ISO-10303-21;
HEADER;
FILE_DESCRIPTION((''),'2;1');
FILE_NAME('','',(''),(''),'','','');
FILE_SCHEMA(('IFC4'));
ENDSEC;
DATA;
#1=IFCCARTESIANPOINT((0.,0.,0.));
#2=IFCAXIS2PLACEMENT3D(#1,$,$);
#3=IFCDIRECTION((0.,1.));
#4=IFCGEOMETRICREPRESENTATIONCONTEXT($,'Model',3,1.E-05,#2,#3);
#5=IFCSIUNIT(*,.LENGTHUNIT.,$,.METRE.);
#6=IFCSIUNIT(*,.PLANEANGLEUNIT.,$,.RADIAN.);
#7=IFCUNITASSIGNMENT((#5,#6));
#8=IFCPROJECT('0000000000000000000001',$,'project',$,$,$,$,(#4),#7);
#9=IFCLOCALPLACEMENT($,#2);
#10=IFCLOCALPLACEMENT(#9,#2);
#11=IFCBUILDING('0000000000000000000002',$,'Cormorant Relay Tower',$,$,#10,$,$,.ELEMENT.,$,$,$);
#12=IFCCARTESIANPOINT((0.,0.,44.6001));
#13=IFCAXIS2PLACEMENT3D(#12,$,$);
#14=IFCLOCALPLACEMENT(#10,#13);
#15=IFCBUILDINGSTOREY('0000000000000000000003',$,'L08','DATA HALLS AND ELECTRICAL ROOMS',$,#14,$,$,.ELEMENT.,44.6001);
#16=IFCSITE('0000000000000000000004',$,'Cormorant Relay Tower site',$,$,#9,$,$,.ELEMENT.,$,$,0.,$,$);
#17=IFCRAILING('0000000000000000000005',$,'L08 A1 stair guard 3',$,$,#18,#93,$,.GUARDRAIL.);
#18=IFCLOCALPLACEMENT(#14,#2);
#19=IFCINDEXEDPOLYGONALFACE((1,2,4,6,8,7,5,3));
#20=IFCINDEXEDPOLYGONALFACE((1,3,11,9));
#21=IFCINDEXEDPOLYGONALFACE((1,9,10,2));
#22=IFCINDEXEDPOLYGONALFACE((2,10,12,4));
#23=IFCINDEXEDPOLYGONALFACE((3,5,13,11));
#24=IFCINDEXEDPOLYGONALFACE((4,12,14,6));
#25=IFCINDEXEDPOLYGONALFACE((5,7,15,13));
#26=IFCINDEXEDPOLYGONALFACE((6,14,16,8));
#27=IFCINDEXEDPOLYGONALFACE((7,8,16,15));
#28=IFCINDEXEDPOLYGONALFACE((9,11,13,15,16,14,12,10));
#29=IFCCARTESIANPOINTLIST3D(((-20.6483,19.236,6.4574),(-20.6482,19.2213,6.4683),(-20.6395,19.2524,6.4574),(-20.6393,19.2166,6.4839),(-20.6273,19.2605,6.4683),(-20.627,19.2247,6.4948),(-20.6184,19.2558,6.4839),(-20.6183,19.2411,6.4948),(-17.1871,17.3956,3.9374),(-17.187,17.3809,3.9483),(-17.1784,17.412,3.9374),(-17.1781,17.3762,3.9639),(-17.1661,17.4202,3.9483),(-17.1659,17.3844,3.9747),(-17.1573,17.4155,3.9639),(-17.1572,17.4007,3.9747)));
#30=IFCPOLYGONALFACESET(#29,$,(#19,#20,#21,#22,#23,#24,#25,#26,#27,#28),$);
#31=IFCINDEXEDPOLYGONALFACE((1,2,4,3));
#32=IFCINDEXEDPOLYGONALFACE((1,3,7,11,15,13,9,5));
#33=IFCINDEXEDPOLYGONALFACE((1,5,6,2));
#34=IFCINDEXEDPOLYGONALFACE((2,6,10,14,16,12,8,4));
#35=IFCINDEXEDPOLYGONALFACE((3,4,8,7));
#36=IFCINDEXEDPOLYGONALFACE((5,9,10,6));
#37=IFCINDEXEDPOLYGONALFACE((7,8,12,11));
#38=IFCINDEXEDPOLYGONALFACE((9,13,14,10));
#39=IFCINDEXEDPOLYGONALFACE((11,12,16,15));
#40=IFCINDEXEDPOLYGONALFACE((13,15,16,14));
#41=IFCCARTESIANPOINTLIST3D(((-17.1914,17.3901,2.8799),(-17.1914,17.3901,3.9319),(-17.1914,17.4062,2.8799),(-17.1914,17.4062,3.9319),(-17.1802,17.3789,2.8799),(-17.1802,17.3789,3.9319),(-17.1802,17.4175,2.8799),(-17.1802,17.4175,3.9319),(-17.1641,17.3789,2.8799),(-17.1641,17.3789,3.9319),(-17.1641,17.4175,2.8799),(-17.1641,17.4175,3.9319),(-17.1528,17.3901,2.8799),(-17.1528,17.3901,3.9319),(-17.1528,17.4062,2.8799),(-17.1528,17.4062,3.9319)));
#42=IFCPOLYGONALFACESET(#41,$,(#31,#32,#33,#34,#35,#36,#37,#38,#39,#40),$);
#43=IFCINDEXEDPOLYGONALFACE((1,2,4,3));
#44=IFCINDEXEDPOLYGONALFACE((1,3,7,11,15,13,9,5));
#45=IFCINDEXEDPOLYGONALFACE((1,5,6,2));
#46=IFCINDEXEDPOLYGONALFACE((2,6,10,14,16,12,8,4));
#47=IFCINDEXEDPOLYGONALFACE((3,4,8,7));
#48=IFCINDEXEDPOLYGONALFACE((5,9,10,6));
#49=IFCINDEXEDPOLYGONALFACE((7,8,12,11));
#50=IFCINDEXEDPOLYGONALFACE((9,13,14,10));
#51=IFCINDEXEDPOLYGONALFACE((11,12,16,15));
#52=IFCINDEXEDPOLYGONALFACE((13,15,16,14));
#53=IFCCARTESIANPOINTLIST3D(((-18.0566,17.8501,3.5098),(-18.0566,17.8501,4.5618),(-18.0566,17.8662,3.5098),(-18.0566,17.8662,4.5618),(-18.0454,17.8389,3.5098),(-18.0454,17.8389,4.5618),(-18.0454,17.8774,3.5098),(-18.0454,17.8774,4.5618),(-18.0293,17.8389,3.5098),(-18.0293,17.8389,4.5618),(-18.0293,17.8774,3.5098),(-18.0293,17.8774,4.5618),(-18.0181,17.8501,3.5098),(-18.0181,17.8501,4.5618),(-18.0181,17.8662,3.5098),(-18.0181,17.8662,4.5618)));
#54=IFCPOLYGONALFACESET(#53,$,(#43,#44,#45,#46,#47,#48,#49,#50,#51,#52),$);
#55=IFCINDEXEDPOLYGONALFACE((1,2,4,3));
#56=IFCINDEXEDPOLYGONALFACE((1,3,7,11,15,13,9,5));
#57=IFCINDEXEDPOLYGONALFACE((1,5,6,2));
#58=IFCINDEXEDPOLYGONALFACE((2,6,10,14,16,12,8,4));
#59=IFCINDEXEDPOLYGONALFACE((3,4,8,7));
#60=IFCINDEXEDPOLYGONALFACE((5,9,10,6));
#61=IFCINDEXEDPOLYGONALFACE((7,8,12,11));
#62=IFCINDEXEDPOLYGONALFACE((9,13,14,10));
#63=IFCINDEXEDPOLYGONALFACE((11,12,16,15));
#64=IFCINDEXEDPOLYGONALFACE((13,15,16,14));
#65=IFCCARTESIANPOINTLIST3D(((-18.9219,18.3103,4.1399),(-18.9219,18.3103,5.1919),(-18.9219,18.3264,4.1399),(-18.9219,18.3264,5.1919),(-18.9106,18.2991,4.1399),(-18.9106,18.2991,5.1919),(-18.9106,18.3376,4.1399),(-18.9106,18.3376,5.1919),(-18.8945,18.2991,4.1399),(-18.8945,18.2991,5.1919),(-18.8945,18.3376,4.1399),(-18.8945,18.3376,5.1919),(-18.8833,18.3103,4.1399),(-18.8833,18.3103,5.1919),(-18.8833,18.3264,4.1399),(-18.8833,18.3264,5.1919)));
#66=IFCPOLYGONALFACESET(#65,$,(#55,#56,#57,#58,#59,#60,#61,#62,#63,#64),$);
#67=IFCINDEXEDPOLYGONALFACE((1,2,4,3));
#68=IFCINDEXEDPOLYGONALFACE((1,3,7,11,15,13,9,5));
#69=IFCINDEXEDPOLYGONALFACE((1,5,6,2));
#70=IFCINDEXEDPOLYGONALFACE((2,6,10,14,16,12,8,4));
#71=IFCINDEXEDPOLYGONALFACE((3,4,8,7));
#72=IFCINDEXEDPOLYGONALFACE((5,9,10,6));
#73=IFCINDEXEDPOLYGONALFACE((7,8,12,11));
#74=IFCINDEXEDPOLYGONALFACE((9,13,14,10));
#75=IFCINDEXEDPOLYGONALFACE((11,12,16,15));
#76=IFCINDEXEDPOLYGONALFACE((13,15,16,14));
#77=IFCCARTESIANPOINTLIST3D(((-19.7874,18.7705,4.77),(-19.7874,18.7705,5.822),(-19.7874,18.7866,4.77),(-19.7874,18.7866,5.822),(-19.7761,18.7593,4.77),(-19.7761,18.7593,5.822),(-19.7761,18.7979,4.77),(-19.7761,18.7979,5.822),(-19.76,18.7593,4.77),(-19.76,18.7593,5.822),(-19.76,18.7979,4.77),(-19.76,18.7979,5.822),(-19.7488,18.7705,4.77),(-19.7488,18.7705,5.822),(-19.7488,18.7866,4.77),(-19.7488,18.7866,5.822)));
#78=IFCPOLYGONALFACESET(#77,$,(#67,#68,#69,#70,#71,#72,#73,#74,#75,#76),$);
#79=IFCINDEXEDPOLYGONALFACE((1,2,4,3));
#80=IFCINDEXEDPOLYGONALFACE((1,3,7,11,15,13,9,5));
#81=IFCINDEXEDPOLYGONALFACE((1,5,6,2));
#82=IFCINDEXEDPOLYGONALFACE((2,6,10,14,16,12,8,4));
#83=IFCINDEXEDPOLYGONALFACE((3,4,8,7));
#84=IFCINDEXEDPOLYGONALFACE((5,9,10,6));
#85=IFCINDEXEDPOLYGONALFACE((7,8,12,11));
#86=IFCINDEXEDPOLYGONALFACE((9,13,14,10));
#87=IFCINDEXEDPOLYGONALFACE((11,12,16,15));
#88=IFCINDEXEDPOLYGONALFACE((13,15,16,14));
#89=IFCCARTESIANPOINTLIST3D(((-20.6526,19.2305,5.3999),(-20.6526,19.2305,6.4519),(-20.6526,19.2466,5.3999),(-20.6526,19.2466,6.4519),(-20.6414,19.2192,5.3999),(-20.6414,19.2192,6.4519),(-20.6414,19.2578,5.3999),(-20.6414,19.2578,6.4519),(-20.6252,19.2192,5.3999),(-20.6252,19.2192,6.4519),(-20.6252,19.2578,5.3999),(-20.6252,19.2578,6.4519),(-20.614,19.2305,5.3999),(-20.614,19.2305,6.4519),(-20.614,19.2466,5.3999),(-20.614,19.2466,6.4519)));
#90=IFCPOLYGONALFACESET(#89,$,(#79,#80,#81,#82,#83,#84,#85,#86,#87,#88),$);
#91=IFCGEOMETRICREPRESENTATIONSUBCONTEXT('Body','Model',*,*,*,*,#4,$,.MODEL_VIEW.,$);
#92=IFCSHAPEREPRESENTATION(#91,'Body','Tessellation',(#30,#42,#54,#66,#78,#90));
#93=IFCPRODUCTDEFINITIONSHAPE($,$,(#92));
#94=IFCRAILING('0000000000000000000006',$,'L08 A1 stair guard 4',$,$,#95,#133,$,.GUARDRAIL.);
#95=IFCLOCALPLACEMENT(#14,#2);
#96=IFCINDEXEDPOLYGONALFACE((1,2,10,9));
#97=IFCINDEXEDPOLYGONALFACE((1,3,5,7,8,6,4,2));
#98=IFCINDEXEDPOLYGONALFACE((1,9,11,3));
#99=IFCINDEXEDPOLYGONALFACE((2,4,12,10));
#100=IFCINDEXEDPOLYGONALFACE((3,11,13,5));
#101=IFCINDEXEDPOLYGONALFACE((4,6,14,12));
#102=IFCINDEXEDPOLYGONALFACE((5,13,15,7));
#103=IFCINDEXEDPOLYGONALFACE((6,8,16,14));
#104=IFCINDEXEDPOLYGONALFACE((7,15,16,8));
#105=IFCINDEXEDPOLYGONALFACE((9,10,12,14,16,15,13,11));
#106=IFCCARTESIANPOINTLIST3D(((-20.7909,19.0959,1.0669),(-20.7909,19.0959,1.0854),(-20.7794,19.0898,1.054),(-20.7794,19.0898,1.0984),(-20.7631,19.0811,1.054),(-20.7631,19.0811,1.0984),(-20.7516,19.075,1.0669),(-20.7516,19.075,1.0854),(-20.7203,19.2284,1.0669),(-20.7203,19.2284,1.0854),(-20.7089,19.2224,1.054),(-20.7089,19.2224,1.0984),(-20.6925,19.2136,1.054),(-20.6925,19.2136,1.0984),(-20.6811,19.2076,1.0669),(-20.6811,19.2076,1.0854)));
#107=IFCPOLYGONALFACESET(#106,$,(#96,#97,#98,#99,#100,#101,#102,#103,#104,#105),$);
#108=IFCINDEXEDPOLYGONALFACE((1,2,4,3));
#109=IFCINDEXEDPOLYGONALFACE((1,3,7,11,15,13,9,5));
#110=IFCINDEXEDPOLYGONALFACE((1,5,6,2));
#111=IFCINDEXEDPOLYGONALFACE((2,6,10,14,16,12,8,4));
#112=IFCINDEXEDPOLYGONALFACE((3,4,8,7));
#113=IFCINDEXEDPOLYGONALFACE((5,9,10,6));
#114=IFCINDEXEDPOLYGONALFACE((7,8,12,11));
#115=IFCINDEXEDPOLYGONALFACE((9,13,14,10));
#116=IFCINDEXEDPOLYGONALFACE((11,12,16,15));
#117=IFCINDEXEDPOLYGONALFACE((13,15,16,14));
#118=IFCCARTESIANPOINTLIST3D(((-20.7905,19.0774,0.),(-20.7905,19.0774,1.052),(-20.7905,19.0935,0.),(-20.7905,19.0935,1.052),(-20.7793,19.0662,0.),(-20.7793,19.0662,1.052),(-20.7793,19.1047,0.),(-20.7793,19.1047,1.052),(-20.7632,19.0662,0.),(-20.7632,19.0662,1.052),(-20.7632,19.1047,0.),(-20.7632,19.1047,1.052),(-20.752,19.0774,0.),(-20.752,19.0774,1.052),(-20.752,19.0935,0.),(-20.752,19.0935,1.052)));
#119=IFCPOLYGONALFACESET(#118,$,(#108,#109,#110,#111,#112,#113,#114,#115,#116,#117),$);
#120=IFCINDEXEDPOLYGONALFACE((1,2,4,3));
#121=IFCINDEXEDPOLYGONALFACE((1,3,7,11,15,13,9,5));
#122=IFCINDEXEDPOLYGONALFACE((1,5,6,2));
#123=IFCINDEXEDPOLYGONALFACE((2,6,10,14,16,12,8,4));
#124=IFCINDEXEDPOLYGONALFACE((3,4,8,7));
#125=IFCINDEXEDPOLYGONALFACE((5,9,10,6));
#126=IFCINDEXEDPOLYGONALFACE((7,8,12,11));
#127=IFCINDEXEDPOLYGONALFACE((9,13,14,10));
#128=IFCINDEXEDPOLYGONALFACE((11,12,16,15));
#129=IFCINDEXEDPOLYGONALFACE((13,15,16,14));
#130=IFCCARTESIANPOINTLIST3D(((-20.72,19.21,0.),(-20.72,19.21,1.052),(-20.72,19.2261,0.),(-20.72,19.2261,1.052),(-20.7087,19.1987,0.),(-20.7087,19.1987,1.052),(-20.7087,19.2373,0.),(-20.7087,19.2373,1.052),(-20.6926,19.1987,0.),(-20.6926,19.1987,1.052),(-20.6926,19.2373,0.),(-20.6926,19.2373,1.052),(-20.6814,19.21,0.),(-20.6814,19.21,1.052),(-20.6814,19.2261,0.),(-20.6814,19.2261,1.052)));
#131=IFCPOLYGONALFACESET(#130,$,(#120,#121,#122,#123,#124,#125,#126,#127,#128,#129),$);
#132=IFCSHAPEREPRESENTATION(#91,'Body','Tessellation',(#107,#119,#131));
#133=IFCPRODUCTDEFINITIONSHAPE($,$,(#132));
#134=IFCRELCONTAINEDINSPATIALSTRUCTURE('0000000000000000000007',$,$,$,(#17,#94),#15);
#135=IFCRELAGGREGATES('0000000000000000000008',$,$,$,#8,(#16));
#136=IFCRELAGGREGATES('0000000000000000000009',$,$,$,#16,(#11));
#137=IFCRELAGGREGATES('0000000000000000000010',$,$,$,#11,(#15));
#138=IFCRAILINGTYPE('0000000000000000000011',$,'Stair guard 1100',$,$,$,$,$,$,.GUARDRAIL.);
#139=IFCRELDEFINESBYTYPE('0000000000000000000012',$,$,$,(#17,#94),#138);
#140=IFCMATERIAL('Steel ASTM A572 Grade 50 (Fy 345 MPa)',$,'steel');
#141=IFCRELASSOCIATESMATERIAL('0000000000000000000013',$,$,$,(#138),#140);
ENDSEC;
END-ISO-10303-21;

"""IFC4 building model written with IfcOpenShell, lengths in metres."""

from ifc_helpers import new_model, si_unit, direction, frame, origin, place, context, subcontext, project, spatial, polyline, outline, extrude, material, type_object, element, save


model = new_model("IFC4")

# Units and contexts
model_context = context("Model", 3, precision=1e-05, world=origin(), true_north=direction((0.0, 1.0)))
body_context = subcontext(model_context, "Body", "Model", "MODEL_VIEW")
ifc_project = project(units=[si_unit("LENGTHUNIT", "METRE"), si_unit("PLANEANGLEUNIT", "RADIAN")], contexts=[model_context])

# Site, building, storey
site_placement = place(None, origin())
site = spatial("IfcSite", under=ifc_project, at=site_placement, Name="Cormorant Relay Tower site", CompositionType="ELEMENT", RefElevation=0.0)
building_placement = place(site_placement, origin())
building = spatial("IfcBuilding", under=site, at=building_placement, Name="Cormorant Relay Tower", CompositionType="ELEMENT")
storey_placement = place(building_placement, frame((0.0, 0.0, 44.6001)))
storey = spatial("IfcBuildingStorey", under=building, at=storey_placement, Name="L08", Description="DATA HALLS AND ELECTRICAL ROOMS", CompositionType="ELEMENT", Elevation=44.6001)

# Railings
ifc_material_1 = material(Name="Steel ASTM A572 Grade 50 (Fy 345 MPa)", Category="steel")
railing_type_1 = type_object("IfcRailingType", Name="Stair guard 1100", PredefinedType="GUARDRAIL", material=ifc_material_1)
railing_1_placement = place(storey_placement, frame((-17.1721, 17.3982, 2.8799)))
element("IfcRailing", 1, at=railing_1_placement, inside=storey, type_object=railing_type_1, Name="L08 A1 stair guard 3", PredefinedType="GUARDRAIL", context=body_context, shape_type="SweptSolid", body=[
    extrude(outline(polyline([(0.0222, 0.0093), (0.0093, 0.0222), (-0.0093, 0.0222), (-0.0222, 0.0093), (-0.0222, -0.0093), (-0.0093, -0.0222), (0.0093, -0.0222), (0.0222, -0.0093), (0.0222, 0.0093)])), frame((0.0, 0.0, 1.0762), z_axis=(-0.742717, 0.394907, 0.540758), x_axis=(-0.469469, -0.882949, 0.0)), (0.0, 0.0, 1.0), 4.6602),
    extrude(outline(polyline([(0.0193, 0.0081), (0.0081, 0.0193), (-0.0081, 0.0193), (-0.0193, 0.0081), (-0.0193, -0.0081), (-0.0081, -0.0193), (0.0081, -0.0193), (0.0193, -0.0081), (0.0193, 0.0081)])), origin(), (0.0, 0.0, 1.0), 1.052),
    extrude(outline(polyline([(0.0193, 0.0081), (0.0081, 0.0193), (-0.0081, 0.0193), (-0.0193, 0.0081), (-0.0193, -0.0081), (-0.0081, -0.0193), (0.0081, -0.0193), (0.0193, -0.0081), (0.0193, 0.0081)])), frame((-0.8652, 0.46, 0.6299)), (0.0, 0.0, 1.0), 1.052),
    extrude(outline(polyline([(0.0193, 0.0081), (0.0081, 0.0193), (-0.0081, 0.0193), (-0.0193, 0.0081), (-0.0193, -0.0081), (-0.0081, -0.0193), (0.0081, -0.0193), (0.0193, -0.0081), (0.0193, 0.0081)])), frame((-1.7305, 0.9202, 1.26)), (0.0, 0.0, 1.0), 1.052),
    extrude(outline(polyline([(0.0193, 0.0081), (0.0081, 0.0193), (-0.0081, 0.0193), (-0.0193, 0.0081), (-0.0193, -0.0081), (-0.0081, -0.0193), (0.0081, -0.0193), (0.0193, -0.0081), (0.0193, 0.0081)])), frame((-2.5959, 1.3804, 1.8901)), (0.0, 0.0, 1.0), 1.052),
    extrude(outline(polyline([(0.0193, 0.0081), (0.0081, 0.0193), (-0.0081, 0.0193), (-0.0193, 0.0081), (-0.0193, -0.0081), (-0.0081, -0.0193), (0.0081, -0.0193), (0.0193, -0.0081), (0.0193, 0.0081)])), frame((-3.4612, 1.8403, 2.52)), (0.0, 0.0, 1.0), 1.052),
])
railing_2_placement = place(storey_placement, frame((-20.7712, 19.0854, 0.0)))
element("IfcRailing", 2, at=railing_2_placement, inside=storey, type_object=railing_type_1, Name="L08 A1 stair guard 4", PredefinedType="GUARDRAIL", context=body_context, shape_type="SweptSolid", body=[
    extrude(outline(polyline([(0.0222, 0.0093), (0.0093, 0.0222), (-0.0093, 0.0222), (-0.0222, 0.0093), (-0.0222, -0.0093), (-0.0093, -0.0222), (0.0093, -0.0222), (0.0222, -0.0093), (0.0222, 0.0093)])), frame((0.0, 0.0, 1.0762), z_axis=(0.469829, 0.882758, 0.0), x_axis=(-0.882758, 0.469829, 0.0)), (0.0, 0.0, 1.0), 0.1501),
    extrude(outline(polyline([(0.0193, 0.0081), (0.0081, 0.0193), (-0.0081, 0.0193), (-0.0193, 0.0081), (-0.0193, -0.0081), (-0.0081, -0.0193), (0.0081, -0.0193), (0.0193, -0.0081), (0.0193, 0.0081)])), origin(), (0.0, 0.0, 1.0), 1.052),
    extrude(outline(polyline([(0.0193, 0.0081), (0.0081, 0.0193), (-0.0081, 0.0193), (-0.0193, 0.0081), (-0.0193, -0.0081), (-0.0081, -0.0193), (0.0081, -0.0193), (0.0193, -0.0081), (0.0193, 0.0081)])), frame((0.0706, 0.1326, 0.0)), (0.0, 0.0, 1.0), 1.052),
])

save(model, "model.ifc")
